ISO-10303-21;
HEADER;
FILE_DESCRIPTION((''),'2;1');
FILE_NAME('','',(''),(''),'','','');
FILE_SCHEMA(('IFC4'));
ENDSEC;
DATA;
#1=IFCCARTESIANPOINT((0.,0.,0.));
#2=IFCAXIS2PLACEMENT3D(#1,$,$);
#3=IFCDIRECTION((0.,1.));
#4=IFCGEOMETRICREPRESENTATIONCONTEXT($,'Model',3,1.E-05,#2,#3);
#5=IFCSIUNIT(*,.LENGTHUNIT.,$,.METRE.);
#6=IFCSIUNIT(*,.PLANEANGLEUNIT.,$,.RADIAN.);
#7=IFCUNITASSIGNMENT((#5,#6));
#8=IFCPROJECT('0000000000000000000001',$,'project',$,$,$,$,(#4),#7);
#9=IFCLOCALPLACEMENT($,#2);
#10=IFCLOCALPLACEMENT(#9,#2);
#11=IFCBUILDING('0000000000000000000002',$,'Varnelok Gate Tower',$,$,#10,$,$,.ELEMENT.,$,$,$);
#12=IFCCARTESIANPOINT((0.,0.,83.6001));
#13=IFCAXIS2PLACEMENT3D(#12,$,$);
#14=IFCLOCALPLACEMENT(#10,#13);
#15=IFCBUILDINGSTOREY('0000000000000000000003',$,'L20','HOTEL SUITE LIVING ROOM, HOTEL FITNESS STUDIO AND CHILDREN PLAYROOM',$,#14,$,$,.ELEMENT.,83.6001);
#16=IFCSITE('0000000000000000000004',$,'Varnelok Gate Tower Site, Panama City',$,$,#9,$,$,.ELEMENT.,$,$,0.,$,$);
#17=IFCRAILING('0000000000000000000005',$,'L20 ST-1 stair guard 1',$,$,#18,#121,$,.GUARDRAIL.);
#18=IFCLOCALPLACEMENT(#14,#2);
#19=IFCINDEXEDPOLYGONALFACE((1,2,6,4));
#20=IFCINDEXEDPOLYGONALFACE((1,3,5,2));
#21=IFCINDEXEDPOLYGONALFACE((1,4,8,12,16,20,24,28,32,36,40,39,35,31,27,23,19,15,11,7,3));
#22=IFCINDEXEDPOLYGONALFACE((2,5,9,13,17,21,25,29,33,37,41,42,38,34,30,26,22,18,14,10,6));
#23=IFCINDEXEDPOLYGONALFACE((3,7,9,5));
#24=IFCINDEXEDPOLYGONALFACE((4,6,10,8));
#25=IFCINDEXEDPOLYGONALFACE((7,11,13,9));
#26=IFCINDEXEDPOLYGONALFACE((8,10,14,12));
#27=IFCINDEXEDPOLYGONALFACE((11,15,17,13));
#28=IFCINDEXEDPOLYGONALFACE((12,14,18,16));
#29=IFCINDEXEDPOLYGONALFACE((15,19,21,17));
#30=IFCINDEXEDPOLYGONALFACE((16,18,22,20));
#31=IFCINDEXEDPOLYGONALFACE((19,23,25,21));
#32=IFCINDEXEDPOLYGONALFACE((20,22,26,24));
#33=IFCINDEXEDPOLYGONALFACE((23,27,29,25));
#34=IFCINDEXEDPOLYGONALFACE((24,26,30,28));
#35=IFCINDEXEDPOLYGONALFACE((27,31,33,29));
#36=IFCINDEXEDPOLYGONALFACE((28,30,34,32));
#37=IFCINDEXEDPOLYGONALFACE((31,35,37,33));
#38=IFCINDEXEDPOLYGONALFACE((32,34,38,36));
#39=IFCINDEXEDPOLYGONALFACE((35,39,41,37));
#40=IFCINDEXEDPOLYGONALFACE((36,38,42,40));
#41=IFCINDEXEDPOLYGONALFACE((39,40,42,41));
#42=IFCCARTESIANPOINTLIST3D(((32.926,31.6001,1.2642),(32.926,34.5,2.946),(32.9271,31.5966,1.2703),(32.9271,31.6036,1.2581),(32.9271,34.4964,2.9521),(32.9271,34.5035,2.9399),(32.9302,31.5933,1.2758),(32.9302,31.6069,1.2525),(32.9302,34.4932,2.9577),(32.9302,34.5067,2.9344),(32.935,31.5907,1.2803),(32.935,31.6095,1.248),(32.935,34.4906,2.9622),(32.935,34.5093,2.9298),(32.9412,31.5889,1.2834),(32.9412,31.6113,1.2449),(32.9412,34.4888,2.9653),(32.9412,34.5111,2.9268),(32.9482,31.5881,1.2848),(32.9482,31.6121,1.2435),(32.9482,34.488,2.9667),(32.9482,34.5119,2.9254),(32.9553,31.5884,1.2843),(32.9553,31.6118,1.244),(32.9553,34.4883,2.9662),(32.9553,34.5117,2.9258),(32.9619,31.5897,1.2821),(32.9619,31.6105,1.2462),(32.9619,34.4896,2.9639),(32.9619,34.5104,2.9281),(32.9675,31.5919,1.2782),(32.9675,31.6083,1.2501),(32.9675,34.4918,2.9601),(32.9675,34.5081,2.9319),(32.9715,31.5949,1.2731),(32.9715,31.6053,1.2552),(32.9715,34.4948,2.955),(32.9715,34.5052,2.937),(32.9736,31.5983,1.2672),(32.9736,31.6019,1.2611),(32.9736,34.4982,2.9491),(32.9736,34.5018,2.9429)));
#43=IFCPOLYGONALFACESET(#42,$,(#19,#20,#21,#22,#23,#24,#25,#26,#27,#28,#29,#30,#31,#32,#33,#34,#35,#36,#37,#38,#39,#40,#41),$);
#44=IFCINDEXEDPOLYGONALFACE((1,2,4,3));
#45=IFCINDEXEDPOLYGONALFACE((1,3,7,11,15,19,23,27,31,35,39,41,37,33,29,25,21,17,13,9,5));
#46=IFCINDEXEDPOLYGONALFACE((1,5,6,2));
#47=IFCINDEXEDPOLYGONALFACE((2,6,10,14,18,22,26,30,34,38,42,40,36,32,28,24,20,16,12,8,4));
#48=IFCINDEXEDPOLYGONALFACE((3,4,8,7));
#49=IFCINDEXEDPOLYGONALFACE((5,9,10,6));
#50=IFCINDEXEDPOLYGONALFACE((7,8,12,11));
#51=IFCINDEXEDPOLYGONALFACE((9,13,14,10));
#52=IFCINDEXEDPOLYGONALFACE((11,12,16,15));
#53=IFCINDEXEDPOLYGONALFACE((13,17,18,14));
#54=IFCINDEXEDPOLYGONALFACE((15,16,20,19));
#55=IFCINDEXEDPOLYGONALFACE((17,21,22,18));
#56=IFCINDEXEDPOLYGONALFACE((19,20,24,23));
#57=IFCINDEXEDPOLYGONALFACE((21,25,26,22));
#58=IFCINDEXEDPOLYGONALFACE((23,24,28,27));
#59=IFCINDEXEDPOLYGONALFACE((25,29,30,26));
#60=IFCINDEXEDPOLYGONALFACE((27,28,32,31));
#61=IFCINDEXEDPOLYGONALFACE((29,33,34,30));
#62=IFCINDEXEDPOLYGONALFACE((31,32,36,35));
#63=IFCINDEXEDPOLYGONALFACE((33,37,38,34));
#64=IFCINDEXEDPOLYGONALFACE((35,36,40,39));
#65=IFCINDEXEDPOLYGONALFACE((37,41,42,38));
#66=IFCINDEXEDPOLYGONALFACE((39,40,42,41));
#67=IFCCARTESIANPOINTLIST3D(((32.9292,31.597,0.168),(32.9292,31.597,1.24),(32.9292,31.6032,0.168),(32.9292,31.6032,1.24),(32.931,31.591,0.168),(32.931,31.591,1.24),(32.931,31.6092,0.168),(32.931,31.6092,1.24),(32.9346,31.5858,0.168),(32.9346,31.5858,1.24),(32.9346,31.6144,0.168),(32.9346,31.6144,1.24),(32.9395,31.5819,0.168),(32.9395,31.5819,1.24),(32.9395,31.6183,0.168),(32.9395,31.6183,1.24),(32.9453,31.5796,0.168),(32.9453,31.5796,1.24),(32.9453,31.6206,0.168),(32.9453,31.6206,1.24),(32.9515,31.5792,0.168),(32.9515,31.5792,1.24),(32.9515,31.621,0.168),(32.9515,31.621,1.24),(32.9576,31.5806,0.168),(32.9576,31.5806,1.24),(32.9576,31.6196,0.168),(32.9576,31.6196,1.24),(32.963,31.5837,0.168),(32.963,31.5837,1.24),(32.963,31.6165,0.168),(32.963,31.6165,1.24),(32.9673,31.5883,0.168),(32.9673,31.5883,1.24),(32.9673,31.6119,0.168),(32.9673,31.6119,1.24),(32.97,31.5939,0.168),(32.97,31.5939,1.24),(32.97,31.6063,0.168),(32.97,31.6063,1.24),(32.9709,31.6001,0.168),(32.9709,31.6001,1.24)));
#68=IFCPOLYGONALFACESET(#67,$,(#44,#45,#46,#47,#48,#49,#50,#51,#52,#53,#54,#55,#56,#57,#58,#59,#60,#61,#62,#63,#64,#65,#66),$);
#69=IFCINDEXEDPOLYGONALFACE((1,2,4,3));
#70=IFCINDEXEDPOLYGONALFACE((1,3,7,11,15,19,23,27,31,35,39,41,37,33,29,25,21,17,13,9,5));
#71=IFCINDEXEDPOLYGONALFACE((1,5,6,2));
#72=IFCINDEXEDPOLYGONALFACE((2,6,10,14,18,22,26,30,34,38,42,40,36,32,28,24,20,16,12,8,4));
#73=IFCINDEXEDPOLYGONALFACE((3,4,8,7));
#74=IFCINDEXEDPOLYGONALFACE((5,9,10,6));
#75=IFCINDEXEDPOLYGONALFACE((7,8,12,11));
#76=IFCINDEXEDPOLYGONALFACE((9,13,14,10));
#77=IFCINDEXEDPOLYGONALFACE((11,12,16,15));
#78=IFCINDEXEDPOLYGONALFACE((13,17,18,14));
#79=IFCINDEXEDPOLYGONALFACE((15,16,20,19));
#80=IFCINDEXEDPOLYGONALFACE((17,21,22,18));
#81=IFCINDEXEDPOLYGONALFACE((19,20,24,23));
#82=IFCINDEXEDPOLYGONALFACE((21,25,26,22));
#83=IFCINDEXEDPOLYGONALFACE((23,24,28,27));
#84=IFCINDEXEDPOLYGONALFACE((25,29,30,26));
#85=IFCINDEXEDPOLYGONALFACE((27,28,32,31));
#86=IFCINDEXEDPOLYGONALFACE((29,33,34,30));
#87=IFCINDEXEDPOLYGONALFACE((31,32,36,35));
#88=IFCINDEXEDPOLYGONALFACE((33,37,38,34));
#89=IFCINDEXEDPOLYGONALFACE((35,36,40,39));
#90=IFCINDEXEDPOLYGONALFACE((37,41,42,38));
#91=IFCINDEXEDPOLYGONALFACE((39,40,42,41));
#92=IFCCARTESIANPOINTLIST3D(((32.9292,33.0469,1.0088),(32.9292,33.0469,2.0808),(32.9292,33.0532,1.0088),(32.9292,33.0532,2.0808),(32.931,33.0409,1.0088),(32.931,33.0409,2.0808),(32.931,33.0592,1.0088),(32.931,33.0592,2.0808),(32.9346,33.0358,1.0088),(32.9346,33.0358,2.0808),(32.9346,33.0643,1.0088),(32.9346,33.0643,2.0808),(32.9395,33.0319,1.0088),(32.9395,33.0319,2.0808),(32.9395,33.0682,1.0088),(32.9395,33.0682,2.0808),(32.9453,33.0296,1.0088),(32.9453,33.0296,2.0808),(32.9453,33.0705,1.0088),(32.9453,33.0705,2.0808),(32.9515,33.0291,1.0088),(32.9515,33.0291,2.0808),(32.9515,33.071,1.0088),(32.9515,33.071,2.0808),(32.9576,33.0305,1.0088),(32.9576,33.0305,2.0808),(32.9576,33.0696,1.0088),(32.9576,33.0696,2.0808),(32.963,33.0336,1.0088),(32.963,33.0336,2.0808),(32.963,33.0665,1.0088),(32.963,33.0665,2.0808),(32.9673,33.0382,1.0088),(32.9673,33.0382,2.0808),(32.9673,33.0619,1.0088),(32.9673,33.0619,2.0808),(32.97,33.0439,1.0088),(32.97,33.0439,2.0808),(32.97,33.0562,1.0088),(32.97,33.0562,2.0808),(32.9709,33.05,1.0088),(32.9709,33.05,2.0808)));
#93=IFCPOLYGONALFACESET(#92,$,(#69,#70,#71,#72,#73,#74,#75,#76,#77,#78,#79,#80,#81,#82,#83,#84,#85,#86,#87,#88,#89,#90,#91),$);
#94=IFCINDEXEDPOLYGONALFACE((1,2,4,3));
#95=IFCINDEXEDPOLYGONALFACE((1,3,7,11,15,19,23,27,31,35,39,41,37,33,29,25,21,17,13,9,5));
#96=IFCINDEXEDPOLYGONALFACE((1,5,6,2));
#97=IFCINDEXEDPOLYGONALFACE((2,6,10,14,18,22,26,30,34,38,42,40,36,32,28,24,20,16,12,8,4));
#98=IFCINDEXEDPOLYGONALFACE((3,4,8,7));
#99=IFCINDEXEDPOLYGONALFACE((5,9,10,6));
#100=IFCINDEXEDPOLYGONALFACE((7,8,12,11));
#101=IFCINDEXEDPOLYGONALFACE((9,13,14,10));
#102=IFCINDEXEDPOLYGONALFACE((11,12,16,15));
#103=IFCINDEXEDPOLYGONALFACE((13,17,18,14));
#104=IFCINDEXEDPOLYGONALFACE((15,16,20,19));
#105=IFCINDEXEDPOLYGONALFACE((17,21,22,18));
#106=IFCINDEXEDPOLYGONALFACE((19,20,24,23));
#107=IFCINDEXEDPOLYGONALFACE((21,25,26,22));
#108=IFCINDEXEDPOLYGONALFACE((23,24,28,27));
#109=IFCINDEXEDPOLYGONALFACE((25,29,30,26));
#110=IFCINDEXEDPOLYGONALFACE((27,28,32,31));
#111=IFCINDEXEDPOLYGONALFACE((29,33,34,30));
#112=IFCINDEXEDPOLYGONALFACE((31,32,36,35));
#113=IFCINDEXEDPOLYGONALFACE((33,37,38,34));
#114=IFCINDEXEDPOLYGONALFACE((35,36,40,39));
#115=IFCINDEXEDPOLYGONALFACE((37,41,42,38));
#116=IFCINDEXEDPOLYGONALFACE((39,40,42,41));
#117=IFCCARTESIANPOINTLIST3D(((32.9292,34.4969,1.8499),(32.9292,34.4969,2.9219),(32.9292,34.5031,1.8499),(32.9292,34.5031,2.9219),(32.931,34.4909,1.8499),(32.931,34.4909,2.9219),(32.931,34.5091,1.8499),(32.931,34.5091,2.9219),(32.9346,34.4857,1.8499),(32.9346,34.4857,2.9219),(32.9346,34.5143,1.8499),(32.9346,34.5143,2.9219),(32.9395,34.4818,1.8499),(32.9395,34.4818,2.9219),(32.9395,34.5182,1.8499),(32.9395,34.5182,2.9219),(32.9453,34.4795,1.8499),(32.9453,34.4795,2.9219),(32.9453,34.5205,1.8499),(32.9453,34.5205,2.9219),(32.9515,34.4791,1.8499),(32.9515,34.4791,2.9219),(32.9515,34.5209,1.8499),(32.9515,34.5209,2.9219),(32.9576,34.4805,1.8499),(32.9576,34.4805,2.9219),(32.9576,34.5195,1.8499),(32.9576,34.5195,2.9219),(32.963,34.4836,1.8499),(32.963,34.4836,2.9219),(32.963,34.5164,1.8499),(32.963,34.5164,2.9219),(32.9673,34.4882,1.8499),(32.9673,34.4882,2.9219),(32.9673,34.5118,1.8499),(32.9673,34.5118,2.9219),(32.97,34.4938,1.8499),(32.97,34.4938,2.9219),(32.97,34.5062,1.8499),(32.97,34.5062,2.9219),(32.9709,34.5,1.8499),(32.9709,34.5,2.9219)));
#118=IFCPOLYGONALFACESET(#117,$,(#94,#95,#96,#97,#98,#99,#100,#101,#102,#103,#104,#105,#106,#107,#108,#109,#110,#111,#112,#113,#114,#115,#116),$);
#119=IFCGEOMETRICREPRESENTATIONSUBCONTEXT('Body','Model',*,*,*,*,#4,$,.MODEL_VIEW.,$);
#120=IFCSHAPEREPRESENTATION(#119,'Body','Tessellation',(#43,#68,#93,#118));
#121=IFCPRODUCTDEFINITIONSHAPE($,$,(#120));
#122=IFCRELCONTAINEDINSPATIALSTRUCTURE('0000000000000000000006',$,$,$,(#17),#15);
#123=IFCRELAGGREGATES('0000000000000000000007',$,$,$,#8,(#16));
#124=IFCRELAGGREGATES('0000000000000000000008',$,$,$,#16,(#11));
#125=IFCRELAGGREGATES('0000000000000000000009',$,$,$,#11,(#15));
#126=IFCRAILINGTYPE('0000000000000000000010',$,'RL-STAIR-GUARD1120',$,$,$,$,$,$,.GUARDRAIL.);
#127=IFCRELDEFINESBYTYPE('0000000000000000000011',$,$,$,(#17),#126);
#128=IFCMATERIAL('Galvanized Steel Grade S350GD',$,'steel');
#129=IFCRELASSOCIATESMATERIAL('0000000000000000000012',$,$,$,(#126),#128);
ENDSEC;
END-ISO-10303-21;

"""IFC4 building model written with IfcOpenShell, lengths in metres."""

from ifc_helpers import new_model, si_unit, direction, frame, origin, origin_2d, place, context, subcontext, project, spatial, circle, extrude, material, type_object, element, save


model = new_model("IFC4")

# Units and contexts
model_context = context("Model", 3, precision=1e-05, world=origin(), true_north=direction((0.0, 1.0)))
body_context = subcontext(model_context, "Body", "Model", "MODEL_VIEW")
ifc_project = project(units=[si_unit("LENGTHUNIT", "METRE"), si_unit("PLANEANGLEUNIT", "RADIAN")], contexts=[model_context])

# Site, building, storey
site_placement = place(None, origin())
site = spatial("IfcSite", under=ifc_project, at=site_placement, Name="Varnelok Gate Tower Site, Panama City", CompositionType="ELEMENT", RefElevation=0.0)
building_placement = place(site_placement, origin())
building = spatial("IfcBuilding", under=site, at=building_placement, Name="Varnelok Gate Tower", CompositionType="ELEMENT")
storey_placement = place(building_placement, frame((0.0, 0.0, 83.6001)))
storey = spatial("IfcBuildingStorey", under=building, at=storey_placement, Name="L20", Description="HOTEL SUITE LIVING ROOM, HOTEL FITNESS STUDIO AND CHILDREN PLAYROOM", CompositionType="ELEMENT", Elevation=83.6001)

# Shared definitions
ifc_material_1 = material(Name="Galvanized Steel Grade S350GD", Category="steel")

# Railing
railing_type_1 = type_object("IfcRailingType", Name="RL-STAIR-GUARD1120", PredefinedType="GUARDRAIL", material=ifc_material_1)
railing_1_placement = place(storey_placement, frame((32.95, 31.6001, 0.168)))
element("IfcRailing", 1, at=railing_1_placement, inside=storey, type_object=railing_type_1, Name="L20 ST-1 stair guard 1", PredefinedType="GUARDRAIL", context=body_context, shape_type="SweptSolid", body=[
    extrude(circle(Radius=0.0239, at=origin_2d()), frame((0.0, 0.0, 1.0962), z_axis=(0.0, 0.865039, 0.501705), x_axis=(-1.0, 0.0, 0.0)), (0.0, 0.0, 1.0), 3.3523),
    extrude(circle(Radius=0.021, at=origin_2d()), origin(), (0.0, 0.0, 1.0), 1.072),
    extrude(circle(Radius=0.021, at=origin_2d()), frame((0.0, 1.45, 0.8408)), (0.0, 0.0, 1.0), 1.072),
    extrude(circle(Radius=0.021, at=origin_2d()), frame((0.0, 2.8999, 1.6819)), (0.0, 0.0, 1.0), 1.072),
])

save(model, "model.ifc")
